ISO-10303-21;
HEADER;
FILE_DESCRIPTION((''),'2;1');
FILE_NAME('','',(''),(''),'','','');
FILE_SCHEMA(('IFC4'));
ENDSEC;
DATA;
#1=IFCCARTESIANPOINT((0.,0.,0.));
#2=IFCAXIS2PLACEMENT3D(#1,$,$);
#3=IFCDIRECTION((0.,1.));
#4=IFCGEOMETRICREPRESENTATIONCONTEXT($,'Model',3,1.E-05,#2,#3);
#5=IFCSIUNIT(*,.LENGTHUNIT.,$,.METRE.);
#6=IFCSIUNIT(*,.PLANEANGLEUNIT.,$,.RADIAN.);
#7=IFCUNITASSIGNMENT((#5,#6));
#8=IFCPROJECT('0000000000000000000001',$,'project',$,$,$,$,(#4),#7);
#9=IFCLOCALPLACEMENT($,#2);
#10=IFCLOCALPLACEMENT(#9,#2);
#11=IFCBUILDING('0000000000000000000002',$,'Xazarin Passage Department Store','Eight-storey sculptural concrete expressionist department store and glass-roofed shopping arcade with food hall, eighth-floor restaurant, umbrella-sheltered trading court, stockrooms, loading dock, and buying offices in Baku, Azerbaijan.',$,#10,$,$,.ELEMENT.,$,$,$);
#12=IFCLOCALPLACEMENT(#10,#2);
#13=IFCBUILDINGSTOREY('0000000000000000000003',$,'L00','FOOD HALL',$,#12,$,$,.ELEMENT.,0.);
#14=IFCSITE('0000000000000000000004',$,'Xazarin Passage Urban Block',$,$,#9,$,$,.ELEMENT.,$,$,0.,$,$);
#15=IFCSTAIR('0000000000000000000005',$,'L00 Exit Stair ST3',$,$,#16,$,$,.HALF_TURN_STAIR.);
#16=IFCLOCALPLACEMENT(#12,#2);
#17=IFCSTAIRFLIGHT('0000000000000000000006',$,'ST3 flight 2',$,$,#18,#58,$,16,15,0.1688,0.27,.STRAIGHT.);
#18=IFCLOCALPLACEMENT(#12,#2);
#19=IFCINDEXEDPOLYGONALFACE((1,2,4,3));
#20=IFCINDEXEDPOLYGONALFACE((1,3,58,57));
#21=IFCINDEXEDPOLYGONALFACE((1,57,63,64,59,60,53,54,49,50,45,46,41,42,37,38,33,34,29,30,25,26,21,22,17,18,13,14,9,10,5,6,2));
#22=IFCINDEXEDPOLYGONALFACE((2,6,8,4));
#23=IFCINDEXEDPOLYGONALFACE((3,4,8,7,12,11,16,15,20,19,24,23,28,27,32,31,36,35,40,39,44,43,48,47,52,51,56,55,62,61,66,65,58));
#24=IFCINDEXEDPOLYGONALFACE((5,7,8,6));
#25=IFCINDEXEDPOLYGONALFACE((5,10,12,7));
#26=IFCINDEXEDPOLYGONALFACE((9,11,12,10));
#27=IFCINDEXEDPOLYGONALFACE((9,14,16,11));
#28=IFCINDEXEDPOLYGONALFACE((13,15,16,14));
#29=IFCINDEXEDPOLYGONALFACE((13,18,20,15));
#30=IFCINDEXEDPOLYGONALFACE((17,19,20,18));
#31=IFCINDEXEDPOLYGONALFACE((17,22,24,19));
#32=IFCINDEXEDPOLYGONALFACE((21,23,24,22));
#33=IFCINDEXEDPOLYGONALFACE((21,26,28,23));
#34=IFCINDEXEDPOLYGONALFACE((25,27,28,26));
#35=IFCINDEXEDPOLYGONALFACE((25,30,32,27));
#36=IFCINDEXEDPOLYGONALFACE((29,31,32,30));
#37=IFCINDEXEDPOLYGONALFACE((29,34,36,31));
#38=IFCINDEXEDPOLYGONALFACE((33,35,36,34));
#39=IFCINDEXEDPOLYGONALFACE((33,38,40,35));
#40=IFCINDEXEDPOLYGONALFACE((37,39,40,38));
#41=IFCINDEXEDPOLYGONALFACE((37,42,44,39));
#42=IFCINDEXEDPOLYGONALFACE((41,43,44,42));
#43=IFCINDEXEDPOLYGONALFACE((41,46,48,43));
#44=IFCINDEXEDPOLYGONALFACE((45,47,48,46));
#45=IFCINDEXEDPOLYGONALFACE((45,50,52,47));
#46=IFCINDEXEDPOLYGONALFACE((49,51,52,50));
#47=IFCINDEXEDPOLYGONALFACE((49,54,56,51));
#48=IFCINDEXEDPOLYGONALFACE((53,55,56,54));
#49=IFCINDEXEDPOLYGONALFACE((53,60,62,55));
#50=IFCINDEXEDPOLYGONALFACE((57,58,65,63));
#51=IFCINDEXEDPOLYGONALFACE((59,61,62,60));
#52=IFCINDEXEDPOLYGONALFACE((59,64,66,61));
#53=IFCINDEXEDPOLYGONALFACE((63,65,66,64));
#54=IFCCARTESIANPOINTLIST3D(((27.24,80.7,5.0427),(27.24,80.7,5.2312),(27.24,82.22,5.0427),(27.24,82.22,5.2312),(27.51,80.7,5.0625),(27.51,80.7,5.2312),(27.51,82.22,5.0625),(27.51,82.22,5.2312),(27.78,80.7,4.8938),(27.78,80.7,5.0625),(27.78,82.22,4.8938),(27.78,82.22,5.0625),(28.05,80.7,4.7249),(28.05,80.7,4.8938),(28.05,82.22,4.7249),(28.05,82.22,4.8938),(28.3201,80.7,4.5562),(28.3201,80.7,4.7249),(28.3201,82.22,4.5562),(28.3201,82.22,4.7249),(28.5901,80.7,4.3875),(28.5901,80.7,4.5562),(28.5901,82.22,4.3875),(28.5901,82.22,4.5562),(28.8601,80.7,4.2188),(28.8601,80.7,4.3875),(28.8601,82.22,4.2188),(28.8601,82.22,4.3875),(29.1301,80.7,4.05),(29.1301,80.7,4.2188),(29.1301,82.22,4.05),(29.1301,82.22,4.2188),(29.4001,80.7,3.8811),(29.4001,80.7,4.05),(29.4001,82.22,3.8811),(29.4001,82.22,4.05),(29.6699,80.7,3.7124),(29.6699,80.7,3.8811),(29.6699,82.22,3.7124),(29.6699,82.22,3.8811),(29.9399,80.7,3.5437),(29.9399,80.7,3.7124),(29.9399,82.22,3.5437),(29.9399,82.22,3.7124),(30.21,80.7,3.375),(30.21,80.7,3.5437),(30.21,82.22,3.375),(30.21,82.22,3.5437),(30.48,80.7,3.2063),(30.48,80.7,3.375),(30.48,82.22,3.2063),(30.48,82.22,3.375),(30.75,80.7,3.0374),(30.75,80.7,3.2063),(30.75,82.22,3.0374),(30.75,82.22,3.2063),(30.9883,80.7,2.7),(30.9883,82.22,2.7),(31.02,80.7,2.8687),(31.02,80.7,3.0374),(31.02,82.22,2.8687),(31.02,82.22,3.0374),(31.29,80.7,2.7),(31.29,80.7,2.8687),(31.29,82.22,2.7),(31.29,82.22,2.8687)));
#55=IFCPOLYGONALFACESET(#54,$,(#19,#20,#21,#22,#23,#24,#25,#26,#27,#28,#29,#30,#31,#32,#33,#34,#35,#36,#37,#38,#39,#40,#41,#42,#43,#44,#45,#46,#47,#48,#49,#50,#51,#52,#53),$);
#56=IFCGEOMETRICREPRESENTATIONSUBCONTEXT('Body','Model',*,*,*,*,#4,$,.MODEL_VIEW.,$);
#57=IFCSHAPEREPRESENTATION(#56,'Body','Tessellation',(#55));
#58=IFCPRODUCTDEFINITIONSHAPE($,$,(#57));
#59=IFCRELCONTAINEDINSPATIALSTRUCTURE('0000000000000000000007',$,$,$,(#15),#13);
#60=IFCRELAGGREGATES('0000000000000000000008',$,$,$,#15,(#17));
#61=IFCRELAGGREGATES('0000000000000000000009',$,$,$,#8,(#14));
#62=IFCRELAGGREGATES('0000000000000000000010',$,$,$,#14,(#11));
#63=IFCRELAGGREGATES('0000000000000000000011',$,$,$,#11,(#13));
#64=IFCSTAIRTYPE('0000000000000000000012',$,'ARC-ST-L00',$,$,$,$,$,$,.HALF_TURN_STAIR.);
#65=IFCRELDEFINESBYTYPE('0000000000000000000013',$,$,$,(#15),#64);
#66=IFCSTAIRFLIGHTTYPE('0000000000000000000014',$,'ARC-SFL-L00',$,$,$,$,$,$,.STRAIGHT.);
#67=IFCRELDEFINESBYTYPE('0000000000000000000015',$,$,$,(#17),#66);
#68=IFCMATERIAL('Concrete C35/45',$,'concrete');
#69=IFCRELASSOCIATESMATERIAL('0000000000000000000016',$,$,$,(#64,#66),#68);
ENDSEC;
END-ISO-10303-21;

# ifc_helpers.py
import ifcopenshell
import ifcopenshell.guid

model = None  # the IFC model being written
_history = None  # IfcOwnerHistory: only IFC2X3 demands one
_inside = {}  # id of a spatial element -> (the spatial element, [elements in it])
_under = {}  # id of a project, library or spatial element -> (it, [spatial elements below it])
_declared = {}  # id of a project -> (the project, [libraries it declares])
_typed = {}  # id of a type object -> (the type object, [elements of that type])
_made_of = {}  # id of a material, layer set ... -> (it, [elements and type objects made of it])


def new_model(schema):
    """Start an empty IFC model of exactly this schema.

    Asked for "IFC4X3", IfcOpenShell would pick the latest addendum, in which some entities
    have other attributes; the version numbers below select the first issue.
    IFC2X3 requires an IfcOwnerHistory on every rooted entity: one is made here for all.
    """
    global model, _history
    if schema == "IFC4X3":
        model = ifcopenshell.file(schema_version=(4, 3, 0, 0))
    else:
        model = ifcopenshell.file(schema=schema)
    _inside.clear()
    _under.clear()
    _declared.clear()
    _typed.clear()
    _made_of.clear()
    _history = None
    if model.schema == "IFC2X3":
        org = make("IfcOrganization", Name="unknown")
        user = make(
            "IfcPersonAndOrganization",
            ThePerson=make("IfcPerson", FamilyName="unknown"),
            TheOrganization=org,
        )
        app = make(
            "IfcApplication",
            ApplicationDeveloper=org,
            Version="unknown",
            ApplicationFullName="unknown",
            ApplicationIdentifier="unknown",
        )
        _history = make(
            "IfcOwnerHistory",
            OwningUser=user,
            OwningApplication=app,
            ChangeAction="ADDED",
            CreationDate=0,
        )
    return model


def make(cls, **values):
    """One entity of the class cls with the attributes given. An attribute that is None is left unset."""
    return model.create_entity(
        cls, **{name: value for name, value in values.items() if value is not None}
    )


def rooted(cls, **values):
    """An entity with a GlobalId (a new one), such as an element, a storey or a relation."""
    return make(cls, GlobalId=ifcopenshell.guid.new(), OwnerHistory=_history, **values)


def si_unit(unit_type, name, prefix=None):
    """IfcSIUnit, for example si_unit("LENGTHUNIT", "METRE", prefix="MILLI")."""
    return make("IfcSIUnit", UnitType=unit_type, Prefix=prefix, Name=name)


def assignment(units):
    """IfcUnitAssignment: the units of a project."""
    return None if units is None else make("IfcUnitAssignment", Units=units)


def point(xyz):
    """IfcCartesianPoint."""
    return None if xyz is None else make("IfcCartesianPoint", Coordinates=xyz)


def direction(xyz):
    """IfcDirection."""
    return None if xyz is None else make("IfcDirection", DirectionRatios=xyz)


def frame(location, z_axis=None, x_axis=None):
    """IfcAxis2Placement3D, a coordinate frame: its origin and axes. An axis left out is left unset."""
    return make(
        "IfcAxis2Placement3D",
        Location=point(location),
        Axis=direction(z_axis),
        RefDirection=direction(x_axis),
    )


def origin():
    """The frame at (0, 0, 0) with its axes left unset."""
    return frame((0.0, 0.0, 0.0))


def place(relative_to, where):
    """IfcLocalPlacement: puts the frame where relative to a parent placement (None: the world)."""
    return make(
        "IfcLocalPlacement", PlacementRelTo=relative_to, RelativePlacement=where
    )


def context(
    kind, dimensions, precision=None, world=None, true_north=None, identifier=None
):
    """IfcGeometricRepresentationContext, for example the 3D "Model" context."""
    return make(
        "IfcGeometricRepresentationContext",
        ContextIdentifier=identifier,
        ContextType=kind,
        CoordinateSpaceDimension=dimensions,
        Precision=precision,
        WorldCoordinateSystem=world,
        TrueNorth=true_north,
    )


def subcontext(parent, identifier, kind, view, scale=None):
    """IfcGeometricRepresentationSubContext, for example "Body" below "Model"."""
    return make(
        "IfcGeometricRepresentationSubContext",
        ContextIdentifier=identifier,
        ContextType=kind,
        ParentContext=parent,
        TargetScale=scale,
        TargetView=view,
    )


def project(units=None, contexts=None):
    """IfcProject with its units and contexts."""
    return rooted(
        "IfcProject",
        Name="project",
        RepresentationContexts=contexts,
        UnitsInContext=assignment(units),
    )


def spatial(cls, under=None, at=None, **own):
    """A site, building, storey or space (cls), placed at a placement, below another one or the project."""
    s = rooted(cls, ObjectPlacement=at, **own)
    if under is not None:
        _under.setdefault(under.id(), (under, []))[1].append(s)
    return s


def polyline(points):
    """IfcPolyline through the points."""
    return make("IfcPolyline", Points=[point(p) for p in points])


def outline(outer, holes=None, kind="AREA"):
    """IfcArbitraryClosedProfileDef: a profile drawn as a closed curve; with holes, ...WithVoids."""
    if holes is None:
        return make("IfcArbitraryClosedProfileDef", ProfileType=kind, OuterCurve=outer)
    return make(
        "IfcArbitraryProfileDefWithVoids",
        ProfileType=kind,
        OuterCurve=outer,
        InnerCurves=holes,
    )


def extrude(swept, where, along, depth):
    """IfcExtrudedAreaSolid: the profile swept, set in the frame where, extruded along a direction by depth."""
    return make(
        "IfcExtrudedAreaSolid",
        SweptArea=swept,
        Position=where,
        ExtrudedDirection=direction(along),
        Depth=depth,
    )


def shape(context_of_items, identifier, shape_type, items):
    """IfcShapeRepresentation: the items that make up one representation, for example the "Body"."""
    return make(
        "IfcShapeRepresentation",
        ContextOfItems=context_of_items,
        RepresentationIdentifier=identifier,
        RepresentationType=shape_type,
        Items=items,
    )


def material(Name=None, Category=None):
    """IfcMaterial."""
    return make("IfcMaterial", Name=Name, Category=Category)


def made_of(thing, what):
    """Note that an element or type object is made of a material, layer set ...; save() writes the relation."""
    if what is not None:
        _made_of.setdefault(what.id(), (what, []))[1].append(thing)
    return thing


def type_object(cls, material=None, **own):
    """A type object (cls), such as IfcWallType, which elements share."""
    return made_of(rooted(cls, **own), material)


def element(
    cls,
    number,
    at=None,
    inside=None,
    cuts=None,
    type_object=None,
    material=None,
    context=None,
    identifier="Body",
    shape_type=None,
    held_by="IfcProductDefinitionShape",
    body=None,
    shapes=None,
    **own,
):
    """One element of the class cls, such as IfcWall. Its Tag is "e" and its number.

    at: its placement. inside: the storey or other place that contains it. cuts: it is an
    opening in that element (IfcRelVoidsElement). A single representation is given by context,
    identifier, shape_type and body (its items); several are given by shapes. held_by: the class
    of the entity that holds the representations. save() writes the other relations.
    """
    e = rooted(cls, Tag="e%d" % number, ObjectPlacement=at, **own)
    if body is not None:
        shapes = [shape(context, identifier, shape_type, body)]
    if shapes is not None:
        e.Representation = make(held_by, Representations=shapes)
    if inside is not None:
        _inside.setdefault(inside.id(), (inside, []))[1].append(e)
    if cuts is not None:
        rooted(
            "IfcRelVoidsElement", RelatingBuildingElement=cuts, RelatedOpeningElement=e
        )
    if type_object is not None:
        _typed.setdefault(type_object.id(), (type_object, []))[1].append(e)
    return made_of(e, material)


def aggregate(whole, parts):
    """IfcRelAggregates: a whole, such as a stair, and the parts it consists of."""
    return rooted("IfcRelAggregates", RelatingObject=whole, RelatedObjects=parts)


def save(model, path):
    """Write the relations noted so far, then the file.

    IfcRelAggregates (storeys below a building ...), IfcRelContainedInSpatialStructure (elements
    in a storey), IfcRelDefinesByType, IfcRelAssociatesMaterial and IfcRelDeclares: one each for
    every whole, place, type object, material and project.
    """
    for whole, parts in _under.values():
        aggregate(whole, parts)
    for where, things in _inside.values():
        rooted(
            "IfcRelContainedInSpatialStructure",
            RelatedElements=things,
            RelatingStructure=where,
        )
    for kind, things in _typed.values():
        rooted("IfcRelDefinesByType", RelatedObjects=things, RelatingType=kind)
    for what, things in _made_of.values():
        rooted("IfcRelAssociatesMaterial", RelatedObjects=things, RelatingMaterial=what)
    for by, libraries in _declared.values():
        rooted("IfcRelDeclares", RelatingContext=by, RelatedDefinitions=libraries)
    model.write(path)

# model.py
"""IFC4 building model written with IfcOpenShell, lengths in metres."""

from ifc_helpers import new_model, si_unit, direction, frame, origin, place, context, subcontext, project, spatial, polyline, outline, extrude, material, type_object, element, aggregate, save


model = new_model("IFC4")

# Units and contexts
model_context = context("Model", 3, precision=1e-05, world=origin(), true_north=direction((0.0, 1.0)))
body_context = subcontext(model_context, "Body", "Model", "MODEL_VIEW")
ifc_project = project(units=[si_unit("LENGTHUNIT", "METRE"), si_unit("PLANEANGLEUNIT", "RADIAN")], contexts=[model_context])

# Site, building, storey
site_placement = place(None, origin())
site = spatial("IfcSite", under=ifc_project, at=site_placement, Name="Xazarin Passage Urban Block", CompositionType="ELEMENT", RefElevation=0.0)
building_placement = place(site_placement, origin())
building = spatial("IfcBuilding", under=site, at=building_placement, Name="Xazarin Passage Department Store", Description="Eight-storey sculptural concrete expressionist department store and glass-roofed shopping arcade with food hall, eighth-floor restaurant, umbrella-sheltered trading court, stockrooms, loading dock, and buying offices in Baku, Azerbaijan.", CompositionType="ELEMENT")
storey_placement = place(building_placement, origin())
storey = spatial("IfcBuildingStorey", under=building, at=storey_placement, Name="L00", Description="FOOD HALL", CompositionType="ELEMENT", Elevation=0.0)

# Shared definitions
ifc_material_1 = material(Name="Concrete C35/45", Category="concrete")

# Stair, stair flight
stair_type = type_object("IfcStairType", Name="ARC-ST-L00", PredefinedType="HALF_TURN_STAIR", material=ifc_material_1)
stair_placement = place(storey_placement, origin())
stair = element("IfcStair", 1, at=stair_placement, inside=storey, type_object=stair_type, Name="L00 Exit Stair ST3", PredefinedType="HALF_TURN_STAIR")
stair_flight_type = type_object("IfcStairFlightType", Name="ARC-SFL-L00", PredefinedType="STRAIGHT", material=ifc_material_1)
stair_flight_1_placement = place(storey_placement, frame((31.29, 81.46, 2.7), z_axis=(0.0, 0.0, 1.0), x_axis=(-1.0, 0.0, 0.0)))
stair_flight_1 = element("IfcStairFlight", 2, at=stair_flight_1_placement, type_object=stair_flight_type, Name="ST3 flight 2", NumberOfRisers=16, NumberOfTreads=15, PredefinedType="STRAIGHT", RiserHeight=0.1688, TreadLength=0.27, context=body_context, shape_type="SweptSolid", body=[
    extrude(outline(polyline([(0.0, 0.0), (0.0, 0.1687), (0.27, 0.1687), (0.27, 0.3374), (0.54, 0.3374), (0.54, 0.5063), (0.8101, 0.5063), (0.8101, 0.675), (1.0801, 0.675), (1.0801, 0.8438), (1.3501, 0.8438), (1.3501, 1.0125), (1.6201, 1.0125), (1.6201, 1.1812), (1.8899, 1.1812), (1.8899, 1.3501), (2.1599, 1.3501), (2.1599, 1.5188), (2.4299, 1.5188), (2.4299, 1.6875), (2.7, 1.6875), (2.7, 1.8562), (2.97, 1.8562), (2.97, 2.0249), (3.24, 2.0249), (3.24, 2.1938), (3.51, 2.1938), (3.51, 2.3625), (3.78, 2.3625), (3.78, 2.5312), (4.05, 2.5312), (4.05, 2.7), (4.05, 2.3428), (0.3018, 0.0), (0.0, 0.0)])), frame((0.0, 0.76, 0.0), z_axis=(0.0, -1.0, 0.0), x_axis=(1.0, 0.0, 0.0)), (0.0, 0.0, 1.0), 1.52),
])
aggregate(stair, [stair_flight_1])

save(model, "model.ifc")
